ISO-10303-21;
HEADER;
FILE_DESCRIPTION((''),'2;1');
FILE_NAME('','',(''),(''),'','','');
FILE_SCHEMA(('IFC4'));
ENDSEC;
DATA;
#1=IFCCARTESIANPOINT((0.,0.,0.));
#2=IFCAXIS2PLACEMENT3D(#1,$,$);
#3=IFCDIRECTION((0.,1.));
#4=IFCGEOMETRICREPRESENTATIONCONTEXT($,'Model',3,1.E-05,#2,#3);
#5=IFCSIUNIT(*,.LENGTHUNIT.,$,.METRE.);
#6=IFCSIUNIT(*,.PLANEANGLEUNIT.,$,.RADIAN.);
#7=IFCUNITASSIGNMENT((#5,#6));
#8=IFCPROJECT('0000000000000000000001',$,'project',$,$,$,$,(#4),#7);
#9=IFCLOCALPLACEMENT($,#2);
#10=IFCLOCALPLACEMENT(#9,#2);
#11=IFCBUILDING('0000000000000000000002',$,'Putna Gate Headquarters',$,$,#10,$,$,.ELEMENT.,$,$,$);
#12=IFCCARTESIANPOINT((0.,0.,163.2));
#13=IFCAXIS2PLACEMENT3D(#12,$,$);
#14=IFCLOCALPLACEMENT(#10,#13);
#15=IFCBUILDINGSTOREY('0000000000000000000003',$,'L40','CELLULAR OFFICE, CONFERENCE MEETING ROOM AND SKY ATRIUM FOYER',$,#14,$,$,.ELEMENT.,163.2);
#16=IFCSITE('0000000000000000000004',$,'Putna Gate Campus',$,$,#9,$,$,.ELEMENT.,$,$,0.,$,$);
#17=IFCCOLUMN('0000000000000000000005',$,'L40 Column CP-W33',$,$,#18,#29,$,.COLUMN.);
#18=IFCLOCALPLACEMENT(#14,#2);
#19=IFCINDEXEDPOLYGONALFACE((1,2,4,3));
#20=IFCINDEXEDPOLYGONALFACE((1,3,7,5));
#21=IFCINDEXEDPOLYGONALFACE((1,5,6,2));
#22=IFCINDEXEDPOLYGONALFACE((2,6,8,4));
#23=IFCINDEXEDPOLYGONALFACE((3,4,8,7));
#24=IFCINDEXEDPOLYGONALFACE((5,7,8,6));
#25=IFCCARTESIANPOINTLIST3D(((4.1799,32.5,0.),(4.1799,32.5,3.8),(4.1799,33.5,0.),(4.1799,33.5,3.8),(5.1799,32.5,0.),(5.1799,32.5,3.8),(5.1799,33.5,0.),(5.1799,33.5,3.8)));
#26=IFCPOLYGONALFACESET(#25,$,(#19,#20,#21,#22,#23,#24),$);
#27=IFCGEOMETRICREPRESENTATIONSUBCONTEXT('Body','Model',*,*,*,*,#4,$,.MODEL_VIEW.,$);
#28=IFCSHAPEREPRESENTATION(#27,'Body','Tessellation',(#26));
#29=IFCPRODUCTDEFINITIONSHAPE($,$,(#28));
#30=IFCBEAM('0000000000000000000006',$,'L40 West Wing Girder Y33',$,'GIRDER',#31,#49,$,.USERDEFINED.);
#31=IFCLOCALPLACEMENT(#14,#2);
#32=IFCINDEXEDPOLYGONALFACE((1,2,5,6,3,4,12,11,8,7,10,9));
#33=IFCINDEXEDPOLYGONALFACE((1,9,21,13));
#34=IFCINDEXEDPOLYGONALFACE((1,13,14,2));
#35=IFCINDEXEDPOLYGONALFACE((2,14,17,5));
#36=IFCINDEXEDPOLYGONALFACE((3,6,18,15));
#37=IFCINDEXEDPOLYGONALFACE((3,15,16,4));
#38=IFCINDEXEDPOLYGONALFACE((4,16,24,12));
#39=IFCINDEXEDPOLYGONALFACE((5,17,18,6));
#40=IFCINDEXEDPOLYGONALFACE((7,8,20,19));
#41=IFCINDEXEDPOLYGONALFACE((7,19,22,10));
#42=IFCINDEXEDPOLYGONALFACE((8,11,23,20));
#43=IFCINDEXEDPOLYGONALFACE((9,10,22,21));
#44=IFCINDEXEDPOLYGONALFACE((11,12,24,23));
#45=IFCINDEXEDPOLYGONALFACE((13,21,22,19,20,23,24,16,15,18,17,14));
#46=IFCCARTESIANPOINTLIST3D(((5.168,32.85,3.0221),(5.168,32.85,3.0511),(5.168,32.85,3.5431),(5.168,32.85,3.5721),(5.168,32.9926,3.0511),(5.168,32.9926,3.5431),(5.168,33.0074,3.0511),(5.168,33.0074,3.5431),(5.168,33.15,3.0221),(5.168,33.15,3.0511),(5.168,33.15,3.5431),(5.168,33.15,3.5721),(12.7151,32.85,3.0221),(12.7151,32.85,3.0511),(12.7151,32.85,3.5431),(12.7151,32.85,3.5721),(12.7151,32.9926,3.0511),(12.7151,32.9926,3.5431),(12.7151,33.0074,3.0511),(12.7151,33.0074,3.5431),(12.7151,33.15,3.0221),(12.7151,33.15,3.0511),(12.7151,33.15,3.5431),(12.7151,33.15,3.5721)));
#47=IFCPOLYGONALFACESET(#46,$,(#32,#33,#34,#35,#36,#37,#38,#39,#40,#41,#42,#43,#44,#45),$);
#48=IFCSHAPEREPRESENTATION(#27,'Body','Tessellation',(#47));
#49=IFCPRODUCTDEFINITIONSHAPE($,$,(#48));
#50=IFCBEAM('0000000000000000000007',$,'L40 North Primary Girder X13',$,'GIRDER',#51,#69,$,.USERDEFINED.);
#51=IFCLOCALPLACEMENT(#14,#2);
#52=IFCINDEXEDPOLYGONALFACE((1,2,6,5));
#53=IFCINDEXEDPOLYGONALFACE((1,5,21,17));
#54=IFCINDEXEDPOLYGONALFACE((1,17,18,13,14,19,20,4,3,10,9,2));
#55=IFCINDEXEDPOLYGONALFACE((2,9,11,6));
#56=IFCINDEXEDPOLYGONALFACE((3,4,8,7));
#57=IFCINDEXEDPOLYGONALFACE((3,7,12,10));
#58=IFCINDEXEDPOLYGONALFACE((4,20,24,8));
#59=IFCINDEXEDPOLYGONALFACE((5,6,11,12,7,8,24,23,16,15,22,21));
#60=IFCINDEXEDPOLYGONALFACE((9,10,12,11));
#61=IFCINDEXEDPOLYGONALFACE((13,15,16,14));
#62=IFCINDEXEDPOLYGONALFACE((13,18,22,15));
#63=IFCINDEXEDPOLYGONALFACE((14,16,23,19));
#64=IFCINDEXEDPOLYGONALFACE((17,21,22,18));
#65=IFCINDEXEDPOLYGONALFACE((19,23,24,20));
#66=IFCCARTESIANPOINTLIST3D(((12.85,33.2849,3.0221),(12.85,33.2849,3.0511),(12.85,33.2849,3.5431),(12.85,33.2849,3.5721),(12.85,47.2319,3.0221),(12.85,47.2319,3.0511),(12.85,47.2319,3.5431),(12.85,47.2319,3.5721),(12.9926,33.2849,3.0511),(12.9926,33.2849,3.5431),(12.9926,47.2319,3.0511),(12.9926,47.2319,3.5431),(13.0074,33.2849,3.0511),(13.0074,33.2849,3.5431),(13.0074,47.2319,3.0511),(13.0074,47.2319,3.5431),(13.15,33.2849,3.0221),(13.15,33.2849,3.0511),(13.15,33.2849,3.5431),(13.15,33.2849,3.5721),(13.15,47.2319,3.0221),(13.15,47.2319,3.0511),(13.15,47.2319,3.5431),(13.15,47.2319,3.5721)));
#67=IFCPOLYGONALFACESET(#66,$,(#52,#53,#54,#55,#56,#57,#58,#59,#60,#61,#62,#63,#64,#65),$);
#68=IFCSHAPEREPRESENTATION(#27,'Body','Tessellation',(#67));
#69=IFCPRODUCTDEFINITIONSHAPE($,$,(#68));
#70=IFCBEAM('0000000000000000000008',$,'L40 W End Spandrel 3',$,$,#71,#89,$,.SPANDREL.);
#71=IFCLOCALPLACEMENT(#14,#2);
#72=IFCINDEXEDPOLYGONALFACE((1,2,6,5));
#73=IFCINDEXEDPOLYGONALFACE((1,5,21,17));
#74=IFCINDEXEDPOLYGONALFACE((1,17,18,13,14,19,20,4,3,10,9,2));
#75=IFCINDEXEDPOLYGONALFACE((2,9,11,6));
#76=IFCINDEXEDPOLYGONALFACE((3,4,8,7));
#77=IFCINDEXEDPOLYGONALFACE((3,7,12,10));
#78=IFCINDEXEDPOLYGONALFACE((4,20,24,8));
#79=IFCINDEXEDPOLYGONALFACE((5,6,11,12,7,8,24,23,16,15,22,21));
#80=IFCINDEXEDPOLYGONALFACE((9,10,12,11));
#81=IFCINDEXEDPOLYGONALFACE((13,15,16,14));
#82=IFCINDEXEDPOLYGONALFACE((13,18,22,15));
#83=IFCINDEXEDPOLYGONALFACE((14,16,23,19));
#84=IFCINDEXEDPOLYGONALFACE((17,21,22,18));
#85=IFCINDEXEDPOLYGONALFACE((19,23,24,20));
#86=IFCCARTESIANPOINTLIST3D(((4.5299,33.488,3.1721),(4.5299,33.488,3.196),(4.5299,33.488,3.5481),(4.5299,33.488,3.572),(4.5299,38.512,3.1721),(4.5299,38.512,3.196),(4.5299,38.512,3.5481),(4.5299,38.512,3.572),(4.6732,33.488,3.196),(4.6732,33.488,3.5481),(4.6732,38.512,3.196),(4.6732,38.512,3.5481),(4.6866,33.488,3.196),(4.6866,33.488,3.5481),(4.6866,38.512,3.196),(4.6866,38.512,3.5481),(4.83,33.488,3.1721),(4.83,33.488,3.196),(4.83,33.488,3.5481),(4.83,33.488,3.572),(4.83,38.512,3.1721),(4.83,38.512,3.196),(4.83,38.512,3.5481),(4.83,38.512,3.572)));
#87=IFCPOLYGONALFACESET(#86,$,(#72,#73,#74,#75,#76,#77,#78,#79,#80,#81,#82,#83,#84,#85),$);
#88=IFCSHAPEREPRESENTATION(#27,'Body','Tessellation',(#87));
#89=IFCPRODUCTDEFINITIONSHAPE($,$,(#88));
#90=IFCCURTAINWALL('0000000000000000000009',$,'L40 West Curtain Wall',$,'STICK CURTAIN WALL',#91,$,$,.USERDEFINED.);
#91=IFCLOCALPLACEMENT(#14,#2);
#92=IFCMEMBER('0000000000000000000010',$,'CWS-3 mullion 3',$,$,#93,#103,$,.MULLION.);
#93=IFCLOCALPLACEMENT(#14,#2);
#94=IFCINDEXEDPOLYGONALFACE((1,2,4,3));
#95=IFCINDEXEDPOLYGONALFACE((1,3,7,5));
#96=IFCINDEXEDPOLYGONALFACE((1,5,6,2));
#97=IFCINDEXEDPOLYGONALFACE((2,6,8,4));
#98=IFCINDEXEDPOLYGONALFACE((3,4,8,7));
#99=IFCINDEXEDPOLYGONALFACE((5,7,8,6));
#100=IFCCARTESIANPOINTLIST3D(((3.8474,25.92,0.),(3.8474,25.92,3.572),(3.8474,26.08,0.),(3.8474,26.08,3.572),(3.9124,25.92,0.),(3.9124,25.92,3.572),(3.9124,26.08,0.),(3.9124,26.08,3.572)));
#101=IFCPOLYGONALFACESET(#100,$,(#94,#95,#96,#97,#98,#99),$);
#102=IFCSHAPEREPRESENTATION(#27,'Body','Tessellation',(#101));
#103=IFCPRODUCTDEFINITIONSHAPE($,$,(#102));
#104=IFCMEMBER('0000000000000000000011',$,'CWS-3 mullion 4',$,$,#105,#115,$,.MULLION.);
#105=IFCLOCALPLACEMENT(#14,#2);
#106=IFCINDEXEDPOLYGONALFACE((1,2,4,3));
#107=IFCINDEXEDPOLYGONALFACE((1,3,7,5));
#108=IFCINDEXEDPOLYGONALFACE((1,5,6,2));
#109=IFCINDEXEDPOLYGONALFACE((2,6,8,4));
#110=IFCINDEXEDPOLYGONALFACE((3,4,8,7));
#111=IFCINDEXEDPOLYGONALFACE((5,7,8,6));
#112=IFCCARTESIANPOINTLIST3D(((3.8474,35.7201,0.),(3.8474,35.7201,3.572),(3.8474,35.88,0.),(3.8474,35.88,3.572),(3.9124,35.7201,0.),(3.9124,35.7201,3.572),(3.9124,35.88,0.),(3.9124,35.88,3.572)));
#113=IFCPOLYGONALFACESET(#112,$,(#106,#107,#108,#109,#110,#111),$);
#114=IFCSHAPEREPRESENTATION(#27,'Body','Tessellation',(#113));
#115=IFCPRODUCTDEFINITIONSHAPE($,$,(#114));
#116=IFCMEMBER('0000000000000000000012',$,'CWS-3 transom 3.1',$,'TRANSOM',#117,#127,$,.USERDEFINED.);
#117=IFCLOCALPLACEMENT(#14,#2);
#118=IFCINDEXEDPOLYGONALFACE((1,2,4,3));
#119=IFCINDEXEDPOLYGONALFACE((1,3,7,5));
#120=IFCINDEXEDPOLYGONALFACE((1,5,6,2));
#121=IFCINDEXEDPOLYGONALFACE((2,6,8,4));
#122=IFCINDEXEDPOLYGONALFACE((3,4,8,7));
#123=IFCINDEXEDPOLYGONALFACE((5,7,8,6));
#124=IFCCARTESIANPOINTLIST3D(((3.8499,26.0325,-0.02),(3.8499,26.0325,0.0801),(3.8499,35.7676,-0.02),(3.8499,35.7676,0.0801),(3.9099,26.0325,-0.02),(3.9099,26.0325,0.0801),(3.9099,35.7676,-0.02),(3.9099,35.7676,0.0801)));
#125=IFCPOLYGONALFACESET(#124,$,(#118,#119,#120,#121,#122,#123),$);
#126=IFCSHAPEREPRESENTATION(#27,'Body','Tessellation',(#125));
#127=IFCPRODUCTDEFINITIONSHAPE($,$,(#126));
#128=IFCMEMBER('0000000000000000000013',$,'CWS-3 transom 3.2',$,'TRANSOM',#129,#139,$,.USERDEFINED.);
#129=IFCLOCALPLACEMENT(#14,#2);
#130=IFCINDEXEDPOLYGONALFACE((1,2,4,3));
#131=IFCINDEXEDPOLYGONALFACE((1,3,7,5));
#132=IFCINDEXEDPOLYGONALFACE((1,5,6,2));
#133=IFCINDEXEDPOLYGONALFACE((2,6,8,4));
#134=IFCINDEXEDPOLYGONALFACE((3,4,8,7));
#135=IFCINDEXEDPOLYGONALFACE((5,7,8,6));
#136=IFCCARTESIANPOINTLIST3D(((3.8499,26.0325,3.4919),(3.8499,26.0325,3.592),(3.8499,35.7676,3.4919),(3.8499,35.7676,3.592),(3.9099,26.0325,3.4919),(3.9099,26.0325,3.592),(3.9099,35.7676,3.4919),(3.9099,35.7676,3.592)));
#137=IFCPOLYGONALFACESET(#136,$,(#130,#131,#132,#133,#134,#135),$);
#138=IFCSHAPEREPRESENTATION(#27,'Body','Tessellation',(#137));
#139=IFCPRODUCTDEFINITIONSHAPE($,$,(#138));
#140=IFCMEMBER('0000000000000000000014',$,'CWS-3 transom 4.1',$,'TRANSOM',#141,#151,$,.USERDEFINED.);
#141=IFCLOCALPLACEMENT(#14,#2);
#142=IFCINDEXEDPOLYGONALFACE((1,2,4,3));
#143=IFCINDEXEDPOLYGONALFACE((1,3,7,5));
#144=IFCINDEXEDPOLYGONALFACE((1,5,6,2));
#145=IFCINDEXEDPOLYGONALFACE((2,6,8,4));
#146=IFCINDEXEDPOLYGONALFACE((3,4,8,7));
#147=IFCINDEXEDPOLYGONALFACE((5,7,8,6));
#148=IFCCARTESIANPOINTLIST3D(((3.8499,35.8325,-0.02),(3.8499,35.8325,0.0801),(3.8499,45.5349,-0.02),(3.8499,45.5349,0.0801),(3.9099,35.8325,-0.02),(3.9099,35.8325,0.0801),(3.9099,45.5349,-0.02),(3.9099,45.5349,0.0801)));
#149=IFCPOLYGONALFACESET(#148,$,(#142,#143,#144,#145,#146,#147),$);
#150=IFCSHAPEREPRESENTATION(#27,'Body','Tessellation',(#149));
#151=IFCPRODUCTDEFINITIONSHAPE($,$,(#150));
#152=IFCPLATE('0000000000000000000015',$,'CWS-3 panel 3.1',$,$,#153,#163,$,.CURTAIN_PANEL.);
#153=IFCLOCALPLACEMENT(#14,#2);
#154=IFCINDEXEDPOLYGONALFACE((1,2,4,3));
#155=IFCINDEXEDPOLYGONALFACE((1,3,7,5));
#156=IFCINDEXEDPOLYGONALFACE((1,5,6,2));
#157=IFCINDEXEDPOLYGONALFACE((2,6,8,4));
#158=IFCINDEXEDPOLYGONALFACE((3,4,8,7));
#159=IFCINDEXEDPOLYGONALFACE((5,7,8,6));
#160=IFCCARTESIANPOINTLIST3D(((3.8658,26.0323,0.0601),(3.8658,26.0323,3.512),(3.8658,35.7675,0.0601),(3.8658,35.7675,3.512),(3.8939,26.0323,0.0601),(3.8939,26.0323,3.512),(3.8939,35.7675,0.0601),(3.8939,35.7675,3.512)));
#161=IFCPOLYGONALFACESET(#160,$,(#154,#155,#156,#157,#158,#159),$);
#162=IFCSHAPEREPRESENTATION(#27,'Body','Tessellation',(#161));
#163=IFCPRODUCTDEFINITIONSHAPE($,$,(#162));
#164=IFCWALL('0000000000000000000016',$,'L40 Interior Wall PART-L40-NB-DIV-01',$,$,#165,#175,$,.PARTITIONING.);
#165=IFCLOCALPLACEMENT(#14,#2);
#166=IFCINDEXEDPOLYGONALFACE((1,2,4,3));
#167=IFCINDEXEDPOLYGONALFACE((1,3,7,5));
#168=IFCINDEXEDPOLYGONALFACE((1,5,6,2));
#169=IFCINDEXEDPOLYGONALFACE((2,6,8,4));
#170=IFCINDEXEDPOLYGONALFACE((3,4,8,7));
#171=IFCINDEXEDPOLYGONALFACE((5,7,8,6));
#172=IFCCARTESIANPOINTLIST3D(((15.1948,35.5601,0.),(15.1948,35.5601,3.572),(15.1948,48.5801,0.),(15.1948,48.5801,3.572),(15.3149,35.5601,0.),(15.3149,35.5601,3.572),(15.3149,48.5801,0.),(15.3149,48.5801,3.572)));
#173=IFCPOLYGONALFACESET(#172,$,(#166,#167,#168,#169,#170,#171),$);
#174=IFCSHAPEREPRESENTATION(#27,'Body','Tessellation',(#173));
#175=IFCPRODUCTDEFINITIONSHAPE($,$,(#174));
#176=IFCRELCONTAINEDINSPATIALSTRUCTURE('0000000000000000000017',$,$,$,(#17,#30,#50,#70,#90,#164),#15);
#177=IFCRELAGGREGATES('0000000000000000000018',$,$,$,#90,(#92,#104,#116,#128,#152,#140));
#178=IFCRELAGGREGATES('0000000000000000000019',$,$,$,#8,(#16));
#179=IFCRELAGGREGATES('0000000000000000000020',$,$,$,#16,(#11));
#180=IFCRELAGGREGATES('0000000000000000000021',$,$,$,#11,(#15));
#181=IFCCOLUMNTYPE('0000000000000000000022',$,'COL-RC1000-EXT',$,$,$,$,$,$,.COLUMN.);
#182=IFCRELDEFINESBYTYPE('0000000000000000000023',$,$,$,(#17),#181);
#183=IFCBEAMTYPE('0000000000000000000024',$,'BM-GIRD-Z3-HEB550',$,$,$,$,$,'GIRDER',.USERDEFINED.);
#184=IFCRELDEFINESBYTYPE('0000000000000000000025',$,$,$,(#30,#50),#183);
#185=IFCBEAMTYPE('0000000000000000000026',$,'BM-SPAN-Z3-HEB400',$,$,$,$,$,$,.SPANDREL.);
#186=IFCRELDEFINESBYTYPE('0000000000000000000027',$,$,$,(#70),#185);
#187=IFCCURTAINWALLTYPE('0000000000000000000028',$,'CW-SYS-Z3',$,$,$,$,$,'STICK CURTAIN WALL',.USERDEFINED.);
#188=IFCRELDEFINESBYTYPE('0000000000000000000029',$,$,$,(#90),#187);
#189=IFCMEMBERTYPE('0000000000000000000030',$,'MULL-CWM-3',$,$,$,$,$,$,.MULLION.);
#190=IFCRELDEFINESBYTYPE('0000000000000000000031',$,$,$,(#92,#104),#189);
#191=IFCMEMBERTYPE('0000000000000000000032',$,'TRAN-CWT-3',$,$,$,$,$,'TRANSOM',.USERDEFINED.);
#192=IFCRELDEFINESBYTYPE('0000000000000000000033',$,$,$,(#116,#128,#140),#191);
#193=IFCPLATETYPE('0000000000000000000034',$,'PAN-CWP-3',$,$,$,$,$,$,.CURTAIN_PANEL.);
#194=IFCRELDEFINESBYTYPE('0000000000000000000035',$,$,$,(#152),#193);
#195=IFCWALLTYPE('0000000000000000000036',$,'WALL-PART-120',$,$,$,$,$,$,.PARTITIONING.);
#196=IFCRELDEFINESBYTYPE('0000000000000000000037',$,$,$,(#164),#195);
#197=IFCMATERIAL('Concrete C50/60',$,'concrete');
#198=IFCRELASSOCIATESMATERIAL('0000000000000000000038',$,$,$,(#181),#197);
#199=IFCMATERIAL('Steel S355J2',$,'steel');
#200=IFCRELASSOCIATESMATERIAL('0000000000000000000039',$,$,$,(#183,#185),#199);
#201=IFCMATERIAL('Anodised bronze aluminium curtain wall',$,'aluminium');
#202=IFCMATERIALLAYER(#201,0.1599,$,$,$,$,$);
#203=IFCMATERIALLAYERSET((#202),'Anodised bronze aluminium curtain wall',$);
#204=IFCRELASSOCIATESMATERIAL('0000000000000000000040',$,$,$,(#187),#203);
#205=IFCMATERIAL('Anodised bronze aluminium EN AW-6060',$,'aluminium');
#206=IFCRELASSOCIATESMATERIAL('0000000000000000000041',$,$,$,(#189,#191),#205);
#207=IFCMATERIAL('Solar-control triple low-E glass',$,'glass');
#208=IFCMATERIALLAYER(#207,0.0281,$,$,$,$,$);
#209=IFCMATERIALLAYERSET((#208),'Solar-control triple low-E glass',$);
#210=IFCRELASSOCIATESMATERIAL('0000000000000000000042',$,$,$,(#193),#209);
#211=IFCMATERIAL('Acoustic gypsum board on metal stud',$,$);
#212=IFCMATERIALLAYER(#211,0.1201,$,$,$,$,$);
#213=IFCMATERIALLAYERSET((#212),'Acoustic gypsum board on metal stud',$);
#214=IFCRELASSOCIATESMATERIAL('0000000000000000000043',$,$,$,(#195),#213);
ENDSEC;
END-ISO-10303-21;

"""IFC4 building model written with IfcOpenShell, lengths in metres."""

from ifc_helpers import new_model, si_unit, direction, frame, frame_2d, origin, origin_2d, place, context, subcontext, project, spatial, rectangle, i_section, extrude, material, layer, layer_set, material_profile, profile_set, type_object, element, aggregate, save


model = new_model("IFC4")

# Units and contexts
model_context = context("Model", 3, precision=1e-05, world=origin(), true_north=direction((0.0, 1.0)))
body_context = subcontext(model_context, "Body", "Model", "MODEL_VIEW")
ifc_project = project(units=[si_unit("LENGTHUNIT", "METRE"), si_unit("PLANEANGLEUNIT", "RADIAN")], contexts=[model_context])

# Site, building, storey
site_placement = place(None, origin())
site = spatial("IfcSite", under=ifc_project, at=site_placement, Name="Putna Gate Campus", CompositionType="ELEMENT", RefElevation=0.0)
building_placement = place(site_placement, origin())
building = spatial("IfcBuilding", under=site, at=building_placement, Name="Putna Gate Headquarters", CompositionType="ELEMENT")
storey_placement = place(building_placement, frame((0.0, 0.0, 163.2)))
storey = spatial("IfcBuildingStorey", under=building, at=storey_placement, Name="L40", Description="CELLULAR OFFICE, CONFERENCE MEETING ROOM AND SKY ATRIUM FOYER", CompositionType="ELEMENT", Elevation=163.2)

# Column
ifc_material_1 = material(Name="Concrete C50/60", Category="concrete")
ifc_material_profile_1 = material_profile(ifc_material_1, rectangle(XDim=1.0, YDim=1.0, at=origin_2d()), Name="Concrete C50/60")
ifc_profile_set_1 = profile_set([ifc_material_profile_1], Name="Concrete C50/60")
column_type = type_object("IfcColumnType", Name="COL-RC1000-EXT", PredefinedType="COLUMN", material=ifc_profile_set_1)
column_placement = place(storey_placement, frame((4.6799, 33.0, 0.0), z_axis=(0.0, 0.0, 1.0), x_axis=(1.0, 0.0, 0.0)))
element("IfcColumn", 1, at=column_placement, inside=storey, type_object=column_type, Name="L40 Column CP-W33", PredefinedType="COLUMN", context=body_context, shape_type="SweptSolid", body=[
    extrude(rectangle(XDim=1.0, YDim=1.0, at=origin_2d()), origin(), (0.0, 0.0, 1.0), 3.8),
])

# Beams
ifc_material_2 = material(Name="Steel S355J2", Category="steel")
ifc_material_profile_2 = material_profile(ifc_material_2, i_section(OverallWidth=0.3, OverallDepth=0.55, WebThickness=0.0149, FlangeThickness=0.0291, at=origin_2d()), Name="Steel S355J2")
ifc_profile_set_2 = profile_set([ifc_material_profile_2], Name="Steel S355J2")
beam_type_1 = type_object("IfcBeamType", Name="BM-GIRD-Z3-HEB550", ElementType="GIRDER", PredefinedType="USERDEFINED", material=ifc_profile_set_2)
beam_1_placement = place(storey_placement, frame((5.168, 33.0, 3.2971), z_axis=(1.0, 0.0, 0.0), x_axis=(0.0, 1.0, 0.0)))
element("IfcBeam", 2, at=beam_1_placement, inside=storey, type_object=beam_type_1, Name="L40 West Wing Girder Y33", ObjectType="GIRDER", PredefinedType="USERDEFINED", context=body_context, shape_type="SweptSolid", body=[
    extrude(i_section(OverallWidth=0.3, OverallDepth=0.55, WebThickness=0.0149, FlangeThickness=0.0291, at=origin_2d()), origin(), (0.0, 0.0, 1.0), 7.5471),
])
beam_2_placement = place(storey_placement, frame((13.0, 33.2849, 3.2971), z_axis=(0.0, 1.0, 0.0), x_axis=(-1.0, 0.0, 0.0)))
element("IfcBeam", 3, at=beam_2_placement, inside=storey, type_object=beam_type_1, Name="L40 North Primary Girder X13", ObjectType="GIRDER", PredefinedType="USERDEFINED", context=body_context, shape_type="SweptSolid", body=[
    extrude(i_section(OverallWidth=0.3, OverallDepth=0.55, WebThickness=0.0149, FlangeThickness=0.0291, at=origin_2d()), origin(), (0.0, 0.0, 1.0), 13.947),
])
ifc_material_profile_3 = material_profile(ifc_material_2, i_section(OverallWidth=0.3, OverallDepth=0.3999, WebThickness=0.0134, FlangeThickness=0.0239, at=origin_2d()), Name="Steel S355J2")
ifc_profile_set_3 = profile_set([ifc_material_profile_3], Name="Steel S355J2")
beam_type_2 = type_object("IfcBeamType", Name="BM-SPAN-Z3-HEB400", PredefinedType="SPANDREL", material=ifc_profile_set_3)
beam_3_placement = place(storey_placement, frame((4.6799, 33.488, 3.3721), z_axis=(0.0, 1.0, 0.0), x_axis=(-1.0, 0.0, 0.0)))
element("IfcBeam", 4, at=beam_3_placement, inside=storey, type_object=beam_type_2, Name="L40 W End Spandrel 3", PredefinedType="SPANDREL", context=body_context, shape_type="SweptSolid", body=[
    extrude(i_section(OverallWidth=0.3, OverallDepth=0.3999, WebThickness=0.0134, FlangeThickness=0.0239, at=origin_2d()), origin(), (0.0, 0.0, 1.0), 5.0239),
])

# Curtain wall, members, plate
ifc_material_3 = material(Name="Anodised bronze aluminium curtain wall", Category="aluminium")
ifc_layer_1 = layer(ifc_material_3, 0.1599)
ifc_layer_set_1 = layer_set([ifc_layer_1], Name="Anodised bronze aluminium curtain wall")
curtain_wall_type = type_object("IfcCurtainWallType", Name="CW-SYS-Z3", ElementType="STICK CURTAIN WALL", PredefinedType="USERDEFINED", material=ifc_layer_set_1)
curtain_wall_placement = place(storey_placement, origin())
curtain_wall = element("IfcCurtainWall", 5, at=curtain_wall_placement, inside=storey, type_object=curtain_wall_type, Name="L40 West Curtain Wall", ObjectType="STICK CURTAIN WALL", PredefinedType="USERDEFINED")
ifc_material_4 = material(Name="Anodised bronze aluminium EN AW-6060", Category="aluminium")
ifc_material_profile_4 = material_profile(ifc_material_4, rectangle(XDim=0.0649, YDim=0.1599, at=origin_2d()), Name="Anodised bronze aluminium EN AW-6060")
ifc_profile_set_4 = profile_set([ifc_material_profile_4], Name="Anodised bronze aluminium EN AW-6060")
member_type_1 = type_object("IfcMemberType", Name="MULL-CWM-3", PredefinedType="MULLION", material=ifc_profile_set_4)
member_1_placement = place(storey_placement, frame((3.8799, 26.0, 0.0), z_axis=(0.0, 0.0, 1.0), x_axis=(-1.0, 0.0, 0.0)))
member_1 = element("IfcMember", 6, at=member_1_placement, type_object=member_type_1, Name="CWS-3 mullion 3", PredefinedType="MULLION", context=body_context, shape_type="SweptSolid", body=[
    extrude(rectangle(XDim=0.0649, YDim=0.1599, at=origin_2d()), origin(), (0.0, 0.0, 1.0), 3.572),
])
member_2_placement = place(storey_placement, frame((3.8799, 35.8, 0.0), z_axis=(0.0, 0.0, 1.0), x_axis=(-1.0, 0.0, 0.0)))
member_2 = element("IfcMember", 7, at=member_2_placement, type_object=member_type_1, Name="CWS-3 mullion 4", PredefinedType="MULLION", context=body_context, shape_type="SweptSolid", body=[
    extrude(rectangle(XDim=0.0649, YDim=0.1599, at=origin_2d()), origin(), (0.0, 0.0, 1.0), 3.572),
])
ifc_material_profile_5 = material_profile(ifc_material_4, rectangle(XDim=0.0601, YDim=0.1001, at=origin_2d()), Name="Anodised bronze aluminium EN AW-6060")
ifc_profile_set_5 = profile_set([ifc_material_profile_5], Name="Anodised bronze aluminium EN AW-6060")
member_type_2 = type_object("IfcMemberType", Name="TRAN-CWT-3", ElementType="TRANSOM", PredefinedType="USERDEFINED", material=ifc_profile_set_5)
member_3_placement = place(storey_placement, frame((3.8799, 26.0325, 0.03), z_axis=(0.0, 1.0, 0.0), x_axis=(-1.0, 0.0, 0.0)))
member_3 = element("IfcMember", 8, at=member_3_placement, type_object=member_type_2, Name="CWS-3 transom 3.1", ObjectType="TRANSOM", PredefinedType="USERDEFINED", context=body_context, shape_type="SweptSolid", body=[
    extrude(rectangle(XDim=0.0601, YDim=0.1001, at=origin_2d()), origin(), (0.0, 0.0, 1.0), 9.7351),
])
member_4_placement = place(storey_placement, frame((3.8799, 26.0325, 3.542), z_axis=(0.0, 1.0, 0.0), x_axis=(-1.0, 0.0, 0.0)))
member_4 = element("IfcMember", 9, at=member_4_placement, type_object=member_type_2, Name="CWS-3 transom 3.2", ObjectType="TRANSOM", PredefinedType="USERDEFINED", context=body_context, shape_type="SweptSolid", body=[
    extrude(rectangle(XDim=0.0601, YDim=0.1001, at=origin_2d()), origin(), (0.0, 0.0, 1.0), 9.7351),
])
member_5_placement = place(storey_placement, frame((3.8799, 35.8325, 0.03), z_axis=(0.0, 1.0, 0.0), x_axis=(-1.0, 0.0, 0.0)))
member_5 = element("IfcMember", 10, at=member_5_placement, type_object=member_type_2, Name="CWS-3 transom 4.1", ObjectType="TRANSOM", PredefinedType="USERDEFINED", context=body_context, shape_type="SweptSolid", body=[
    extrude(rectangle(XDim=0.0601, YDim=0.1001, at=origin_2d()), origin(), (0.0, 0.0, 1.0), 9.7024),
])
ifc_material_5 = material(Name="Solar-control triple low-E glass", Category="glass")
ifc_layer_2 = layer(ifc_material_5, 0.0281)
ifc_layer_set_2 = layer_set([ifc_layer_2], Name="Solar-control triple low-E glass")
plate_type = type_object("IfcPlateType", Name="PAN-CWP-3", PredefinedType="CURTAIN_PANEL", material=ifc_layer_set_2)
plate_placement = place(storey_placement, frame((3.8799, 30.8999, 0.0601), z_axis=(0.0, 0.0, 1.0), x_axis=(0.0, 1.0, 0.0)))
plate = element("IfcPlate", 11, at=plate_placement, type_object=plate_type, Name="CWS-3 panel 3.1", PredefinedType="CURTAIN_PANEL", context=body_context, shape_type="SweptSolid", body=[
    extrude(rectangle(XDim=9.7351, YDim=0.0281, at=origin_2d()), origin(), (0.0, 0.0, 1.0), 3.4519),
])
aggregate(curtain_wall, [member_1, member_2, member_3, member_4, plate, member_5])

# Wall
ifc_material_6 = material(Name="Acoustic gypsum board on metal stud")
ifc_layer_3 = layer(ifc_material_6, 0.1201)
ifc_layer_set_3 = layer_set([ifc_layer_3], Name="Acoustic gypsum board on metal stud")
wall_type_1 = type_object("IfcWallType", Name="WALL-PART-120", PredefinedType="PARTITIONING", material=ifc_layer_set_3)
wall_1_placement = place(storey_placement, frame((15.2549, 35.5601, 0.0), z_axis=(0.0, 0.0, 1.0), x_axis=(0.0, 1.0, 0.0)))
element("IfcWall", 12, at=wall_1_placement, inside=storey, type_object=wall_type_1, Name="L40 Interior Wall PART-L40-NB-DIV-01", PredefinedType="PARTITIONING", context=body_context, shape_type="SweptSolid", body=[
    extrude(rectangle(XDim=13.02, YDim=0.1201, at=frame_2d((6.51, 0.0))), origin(), (0.0, 0.0, 1.0), 3.572),
])

save(model, "model.ifc")
